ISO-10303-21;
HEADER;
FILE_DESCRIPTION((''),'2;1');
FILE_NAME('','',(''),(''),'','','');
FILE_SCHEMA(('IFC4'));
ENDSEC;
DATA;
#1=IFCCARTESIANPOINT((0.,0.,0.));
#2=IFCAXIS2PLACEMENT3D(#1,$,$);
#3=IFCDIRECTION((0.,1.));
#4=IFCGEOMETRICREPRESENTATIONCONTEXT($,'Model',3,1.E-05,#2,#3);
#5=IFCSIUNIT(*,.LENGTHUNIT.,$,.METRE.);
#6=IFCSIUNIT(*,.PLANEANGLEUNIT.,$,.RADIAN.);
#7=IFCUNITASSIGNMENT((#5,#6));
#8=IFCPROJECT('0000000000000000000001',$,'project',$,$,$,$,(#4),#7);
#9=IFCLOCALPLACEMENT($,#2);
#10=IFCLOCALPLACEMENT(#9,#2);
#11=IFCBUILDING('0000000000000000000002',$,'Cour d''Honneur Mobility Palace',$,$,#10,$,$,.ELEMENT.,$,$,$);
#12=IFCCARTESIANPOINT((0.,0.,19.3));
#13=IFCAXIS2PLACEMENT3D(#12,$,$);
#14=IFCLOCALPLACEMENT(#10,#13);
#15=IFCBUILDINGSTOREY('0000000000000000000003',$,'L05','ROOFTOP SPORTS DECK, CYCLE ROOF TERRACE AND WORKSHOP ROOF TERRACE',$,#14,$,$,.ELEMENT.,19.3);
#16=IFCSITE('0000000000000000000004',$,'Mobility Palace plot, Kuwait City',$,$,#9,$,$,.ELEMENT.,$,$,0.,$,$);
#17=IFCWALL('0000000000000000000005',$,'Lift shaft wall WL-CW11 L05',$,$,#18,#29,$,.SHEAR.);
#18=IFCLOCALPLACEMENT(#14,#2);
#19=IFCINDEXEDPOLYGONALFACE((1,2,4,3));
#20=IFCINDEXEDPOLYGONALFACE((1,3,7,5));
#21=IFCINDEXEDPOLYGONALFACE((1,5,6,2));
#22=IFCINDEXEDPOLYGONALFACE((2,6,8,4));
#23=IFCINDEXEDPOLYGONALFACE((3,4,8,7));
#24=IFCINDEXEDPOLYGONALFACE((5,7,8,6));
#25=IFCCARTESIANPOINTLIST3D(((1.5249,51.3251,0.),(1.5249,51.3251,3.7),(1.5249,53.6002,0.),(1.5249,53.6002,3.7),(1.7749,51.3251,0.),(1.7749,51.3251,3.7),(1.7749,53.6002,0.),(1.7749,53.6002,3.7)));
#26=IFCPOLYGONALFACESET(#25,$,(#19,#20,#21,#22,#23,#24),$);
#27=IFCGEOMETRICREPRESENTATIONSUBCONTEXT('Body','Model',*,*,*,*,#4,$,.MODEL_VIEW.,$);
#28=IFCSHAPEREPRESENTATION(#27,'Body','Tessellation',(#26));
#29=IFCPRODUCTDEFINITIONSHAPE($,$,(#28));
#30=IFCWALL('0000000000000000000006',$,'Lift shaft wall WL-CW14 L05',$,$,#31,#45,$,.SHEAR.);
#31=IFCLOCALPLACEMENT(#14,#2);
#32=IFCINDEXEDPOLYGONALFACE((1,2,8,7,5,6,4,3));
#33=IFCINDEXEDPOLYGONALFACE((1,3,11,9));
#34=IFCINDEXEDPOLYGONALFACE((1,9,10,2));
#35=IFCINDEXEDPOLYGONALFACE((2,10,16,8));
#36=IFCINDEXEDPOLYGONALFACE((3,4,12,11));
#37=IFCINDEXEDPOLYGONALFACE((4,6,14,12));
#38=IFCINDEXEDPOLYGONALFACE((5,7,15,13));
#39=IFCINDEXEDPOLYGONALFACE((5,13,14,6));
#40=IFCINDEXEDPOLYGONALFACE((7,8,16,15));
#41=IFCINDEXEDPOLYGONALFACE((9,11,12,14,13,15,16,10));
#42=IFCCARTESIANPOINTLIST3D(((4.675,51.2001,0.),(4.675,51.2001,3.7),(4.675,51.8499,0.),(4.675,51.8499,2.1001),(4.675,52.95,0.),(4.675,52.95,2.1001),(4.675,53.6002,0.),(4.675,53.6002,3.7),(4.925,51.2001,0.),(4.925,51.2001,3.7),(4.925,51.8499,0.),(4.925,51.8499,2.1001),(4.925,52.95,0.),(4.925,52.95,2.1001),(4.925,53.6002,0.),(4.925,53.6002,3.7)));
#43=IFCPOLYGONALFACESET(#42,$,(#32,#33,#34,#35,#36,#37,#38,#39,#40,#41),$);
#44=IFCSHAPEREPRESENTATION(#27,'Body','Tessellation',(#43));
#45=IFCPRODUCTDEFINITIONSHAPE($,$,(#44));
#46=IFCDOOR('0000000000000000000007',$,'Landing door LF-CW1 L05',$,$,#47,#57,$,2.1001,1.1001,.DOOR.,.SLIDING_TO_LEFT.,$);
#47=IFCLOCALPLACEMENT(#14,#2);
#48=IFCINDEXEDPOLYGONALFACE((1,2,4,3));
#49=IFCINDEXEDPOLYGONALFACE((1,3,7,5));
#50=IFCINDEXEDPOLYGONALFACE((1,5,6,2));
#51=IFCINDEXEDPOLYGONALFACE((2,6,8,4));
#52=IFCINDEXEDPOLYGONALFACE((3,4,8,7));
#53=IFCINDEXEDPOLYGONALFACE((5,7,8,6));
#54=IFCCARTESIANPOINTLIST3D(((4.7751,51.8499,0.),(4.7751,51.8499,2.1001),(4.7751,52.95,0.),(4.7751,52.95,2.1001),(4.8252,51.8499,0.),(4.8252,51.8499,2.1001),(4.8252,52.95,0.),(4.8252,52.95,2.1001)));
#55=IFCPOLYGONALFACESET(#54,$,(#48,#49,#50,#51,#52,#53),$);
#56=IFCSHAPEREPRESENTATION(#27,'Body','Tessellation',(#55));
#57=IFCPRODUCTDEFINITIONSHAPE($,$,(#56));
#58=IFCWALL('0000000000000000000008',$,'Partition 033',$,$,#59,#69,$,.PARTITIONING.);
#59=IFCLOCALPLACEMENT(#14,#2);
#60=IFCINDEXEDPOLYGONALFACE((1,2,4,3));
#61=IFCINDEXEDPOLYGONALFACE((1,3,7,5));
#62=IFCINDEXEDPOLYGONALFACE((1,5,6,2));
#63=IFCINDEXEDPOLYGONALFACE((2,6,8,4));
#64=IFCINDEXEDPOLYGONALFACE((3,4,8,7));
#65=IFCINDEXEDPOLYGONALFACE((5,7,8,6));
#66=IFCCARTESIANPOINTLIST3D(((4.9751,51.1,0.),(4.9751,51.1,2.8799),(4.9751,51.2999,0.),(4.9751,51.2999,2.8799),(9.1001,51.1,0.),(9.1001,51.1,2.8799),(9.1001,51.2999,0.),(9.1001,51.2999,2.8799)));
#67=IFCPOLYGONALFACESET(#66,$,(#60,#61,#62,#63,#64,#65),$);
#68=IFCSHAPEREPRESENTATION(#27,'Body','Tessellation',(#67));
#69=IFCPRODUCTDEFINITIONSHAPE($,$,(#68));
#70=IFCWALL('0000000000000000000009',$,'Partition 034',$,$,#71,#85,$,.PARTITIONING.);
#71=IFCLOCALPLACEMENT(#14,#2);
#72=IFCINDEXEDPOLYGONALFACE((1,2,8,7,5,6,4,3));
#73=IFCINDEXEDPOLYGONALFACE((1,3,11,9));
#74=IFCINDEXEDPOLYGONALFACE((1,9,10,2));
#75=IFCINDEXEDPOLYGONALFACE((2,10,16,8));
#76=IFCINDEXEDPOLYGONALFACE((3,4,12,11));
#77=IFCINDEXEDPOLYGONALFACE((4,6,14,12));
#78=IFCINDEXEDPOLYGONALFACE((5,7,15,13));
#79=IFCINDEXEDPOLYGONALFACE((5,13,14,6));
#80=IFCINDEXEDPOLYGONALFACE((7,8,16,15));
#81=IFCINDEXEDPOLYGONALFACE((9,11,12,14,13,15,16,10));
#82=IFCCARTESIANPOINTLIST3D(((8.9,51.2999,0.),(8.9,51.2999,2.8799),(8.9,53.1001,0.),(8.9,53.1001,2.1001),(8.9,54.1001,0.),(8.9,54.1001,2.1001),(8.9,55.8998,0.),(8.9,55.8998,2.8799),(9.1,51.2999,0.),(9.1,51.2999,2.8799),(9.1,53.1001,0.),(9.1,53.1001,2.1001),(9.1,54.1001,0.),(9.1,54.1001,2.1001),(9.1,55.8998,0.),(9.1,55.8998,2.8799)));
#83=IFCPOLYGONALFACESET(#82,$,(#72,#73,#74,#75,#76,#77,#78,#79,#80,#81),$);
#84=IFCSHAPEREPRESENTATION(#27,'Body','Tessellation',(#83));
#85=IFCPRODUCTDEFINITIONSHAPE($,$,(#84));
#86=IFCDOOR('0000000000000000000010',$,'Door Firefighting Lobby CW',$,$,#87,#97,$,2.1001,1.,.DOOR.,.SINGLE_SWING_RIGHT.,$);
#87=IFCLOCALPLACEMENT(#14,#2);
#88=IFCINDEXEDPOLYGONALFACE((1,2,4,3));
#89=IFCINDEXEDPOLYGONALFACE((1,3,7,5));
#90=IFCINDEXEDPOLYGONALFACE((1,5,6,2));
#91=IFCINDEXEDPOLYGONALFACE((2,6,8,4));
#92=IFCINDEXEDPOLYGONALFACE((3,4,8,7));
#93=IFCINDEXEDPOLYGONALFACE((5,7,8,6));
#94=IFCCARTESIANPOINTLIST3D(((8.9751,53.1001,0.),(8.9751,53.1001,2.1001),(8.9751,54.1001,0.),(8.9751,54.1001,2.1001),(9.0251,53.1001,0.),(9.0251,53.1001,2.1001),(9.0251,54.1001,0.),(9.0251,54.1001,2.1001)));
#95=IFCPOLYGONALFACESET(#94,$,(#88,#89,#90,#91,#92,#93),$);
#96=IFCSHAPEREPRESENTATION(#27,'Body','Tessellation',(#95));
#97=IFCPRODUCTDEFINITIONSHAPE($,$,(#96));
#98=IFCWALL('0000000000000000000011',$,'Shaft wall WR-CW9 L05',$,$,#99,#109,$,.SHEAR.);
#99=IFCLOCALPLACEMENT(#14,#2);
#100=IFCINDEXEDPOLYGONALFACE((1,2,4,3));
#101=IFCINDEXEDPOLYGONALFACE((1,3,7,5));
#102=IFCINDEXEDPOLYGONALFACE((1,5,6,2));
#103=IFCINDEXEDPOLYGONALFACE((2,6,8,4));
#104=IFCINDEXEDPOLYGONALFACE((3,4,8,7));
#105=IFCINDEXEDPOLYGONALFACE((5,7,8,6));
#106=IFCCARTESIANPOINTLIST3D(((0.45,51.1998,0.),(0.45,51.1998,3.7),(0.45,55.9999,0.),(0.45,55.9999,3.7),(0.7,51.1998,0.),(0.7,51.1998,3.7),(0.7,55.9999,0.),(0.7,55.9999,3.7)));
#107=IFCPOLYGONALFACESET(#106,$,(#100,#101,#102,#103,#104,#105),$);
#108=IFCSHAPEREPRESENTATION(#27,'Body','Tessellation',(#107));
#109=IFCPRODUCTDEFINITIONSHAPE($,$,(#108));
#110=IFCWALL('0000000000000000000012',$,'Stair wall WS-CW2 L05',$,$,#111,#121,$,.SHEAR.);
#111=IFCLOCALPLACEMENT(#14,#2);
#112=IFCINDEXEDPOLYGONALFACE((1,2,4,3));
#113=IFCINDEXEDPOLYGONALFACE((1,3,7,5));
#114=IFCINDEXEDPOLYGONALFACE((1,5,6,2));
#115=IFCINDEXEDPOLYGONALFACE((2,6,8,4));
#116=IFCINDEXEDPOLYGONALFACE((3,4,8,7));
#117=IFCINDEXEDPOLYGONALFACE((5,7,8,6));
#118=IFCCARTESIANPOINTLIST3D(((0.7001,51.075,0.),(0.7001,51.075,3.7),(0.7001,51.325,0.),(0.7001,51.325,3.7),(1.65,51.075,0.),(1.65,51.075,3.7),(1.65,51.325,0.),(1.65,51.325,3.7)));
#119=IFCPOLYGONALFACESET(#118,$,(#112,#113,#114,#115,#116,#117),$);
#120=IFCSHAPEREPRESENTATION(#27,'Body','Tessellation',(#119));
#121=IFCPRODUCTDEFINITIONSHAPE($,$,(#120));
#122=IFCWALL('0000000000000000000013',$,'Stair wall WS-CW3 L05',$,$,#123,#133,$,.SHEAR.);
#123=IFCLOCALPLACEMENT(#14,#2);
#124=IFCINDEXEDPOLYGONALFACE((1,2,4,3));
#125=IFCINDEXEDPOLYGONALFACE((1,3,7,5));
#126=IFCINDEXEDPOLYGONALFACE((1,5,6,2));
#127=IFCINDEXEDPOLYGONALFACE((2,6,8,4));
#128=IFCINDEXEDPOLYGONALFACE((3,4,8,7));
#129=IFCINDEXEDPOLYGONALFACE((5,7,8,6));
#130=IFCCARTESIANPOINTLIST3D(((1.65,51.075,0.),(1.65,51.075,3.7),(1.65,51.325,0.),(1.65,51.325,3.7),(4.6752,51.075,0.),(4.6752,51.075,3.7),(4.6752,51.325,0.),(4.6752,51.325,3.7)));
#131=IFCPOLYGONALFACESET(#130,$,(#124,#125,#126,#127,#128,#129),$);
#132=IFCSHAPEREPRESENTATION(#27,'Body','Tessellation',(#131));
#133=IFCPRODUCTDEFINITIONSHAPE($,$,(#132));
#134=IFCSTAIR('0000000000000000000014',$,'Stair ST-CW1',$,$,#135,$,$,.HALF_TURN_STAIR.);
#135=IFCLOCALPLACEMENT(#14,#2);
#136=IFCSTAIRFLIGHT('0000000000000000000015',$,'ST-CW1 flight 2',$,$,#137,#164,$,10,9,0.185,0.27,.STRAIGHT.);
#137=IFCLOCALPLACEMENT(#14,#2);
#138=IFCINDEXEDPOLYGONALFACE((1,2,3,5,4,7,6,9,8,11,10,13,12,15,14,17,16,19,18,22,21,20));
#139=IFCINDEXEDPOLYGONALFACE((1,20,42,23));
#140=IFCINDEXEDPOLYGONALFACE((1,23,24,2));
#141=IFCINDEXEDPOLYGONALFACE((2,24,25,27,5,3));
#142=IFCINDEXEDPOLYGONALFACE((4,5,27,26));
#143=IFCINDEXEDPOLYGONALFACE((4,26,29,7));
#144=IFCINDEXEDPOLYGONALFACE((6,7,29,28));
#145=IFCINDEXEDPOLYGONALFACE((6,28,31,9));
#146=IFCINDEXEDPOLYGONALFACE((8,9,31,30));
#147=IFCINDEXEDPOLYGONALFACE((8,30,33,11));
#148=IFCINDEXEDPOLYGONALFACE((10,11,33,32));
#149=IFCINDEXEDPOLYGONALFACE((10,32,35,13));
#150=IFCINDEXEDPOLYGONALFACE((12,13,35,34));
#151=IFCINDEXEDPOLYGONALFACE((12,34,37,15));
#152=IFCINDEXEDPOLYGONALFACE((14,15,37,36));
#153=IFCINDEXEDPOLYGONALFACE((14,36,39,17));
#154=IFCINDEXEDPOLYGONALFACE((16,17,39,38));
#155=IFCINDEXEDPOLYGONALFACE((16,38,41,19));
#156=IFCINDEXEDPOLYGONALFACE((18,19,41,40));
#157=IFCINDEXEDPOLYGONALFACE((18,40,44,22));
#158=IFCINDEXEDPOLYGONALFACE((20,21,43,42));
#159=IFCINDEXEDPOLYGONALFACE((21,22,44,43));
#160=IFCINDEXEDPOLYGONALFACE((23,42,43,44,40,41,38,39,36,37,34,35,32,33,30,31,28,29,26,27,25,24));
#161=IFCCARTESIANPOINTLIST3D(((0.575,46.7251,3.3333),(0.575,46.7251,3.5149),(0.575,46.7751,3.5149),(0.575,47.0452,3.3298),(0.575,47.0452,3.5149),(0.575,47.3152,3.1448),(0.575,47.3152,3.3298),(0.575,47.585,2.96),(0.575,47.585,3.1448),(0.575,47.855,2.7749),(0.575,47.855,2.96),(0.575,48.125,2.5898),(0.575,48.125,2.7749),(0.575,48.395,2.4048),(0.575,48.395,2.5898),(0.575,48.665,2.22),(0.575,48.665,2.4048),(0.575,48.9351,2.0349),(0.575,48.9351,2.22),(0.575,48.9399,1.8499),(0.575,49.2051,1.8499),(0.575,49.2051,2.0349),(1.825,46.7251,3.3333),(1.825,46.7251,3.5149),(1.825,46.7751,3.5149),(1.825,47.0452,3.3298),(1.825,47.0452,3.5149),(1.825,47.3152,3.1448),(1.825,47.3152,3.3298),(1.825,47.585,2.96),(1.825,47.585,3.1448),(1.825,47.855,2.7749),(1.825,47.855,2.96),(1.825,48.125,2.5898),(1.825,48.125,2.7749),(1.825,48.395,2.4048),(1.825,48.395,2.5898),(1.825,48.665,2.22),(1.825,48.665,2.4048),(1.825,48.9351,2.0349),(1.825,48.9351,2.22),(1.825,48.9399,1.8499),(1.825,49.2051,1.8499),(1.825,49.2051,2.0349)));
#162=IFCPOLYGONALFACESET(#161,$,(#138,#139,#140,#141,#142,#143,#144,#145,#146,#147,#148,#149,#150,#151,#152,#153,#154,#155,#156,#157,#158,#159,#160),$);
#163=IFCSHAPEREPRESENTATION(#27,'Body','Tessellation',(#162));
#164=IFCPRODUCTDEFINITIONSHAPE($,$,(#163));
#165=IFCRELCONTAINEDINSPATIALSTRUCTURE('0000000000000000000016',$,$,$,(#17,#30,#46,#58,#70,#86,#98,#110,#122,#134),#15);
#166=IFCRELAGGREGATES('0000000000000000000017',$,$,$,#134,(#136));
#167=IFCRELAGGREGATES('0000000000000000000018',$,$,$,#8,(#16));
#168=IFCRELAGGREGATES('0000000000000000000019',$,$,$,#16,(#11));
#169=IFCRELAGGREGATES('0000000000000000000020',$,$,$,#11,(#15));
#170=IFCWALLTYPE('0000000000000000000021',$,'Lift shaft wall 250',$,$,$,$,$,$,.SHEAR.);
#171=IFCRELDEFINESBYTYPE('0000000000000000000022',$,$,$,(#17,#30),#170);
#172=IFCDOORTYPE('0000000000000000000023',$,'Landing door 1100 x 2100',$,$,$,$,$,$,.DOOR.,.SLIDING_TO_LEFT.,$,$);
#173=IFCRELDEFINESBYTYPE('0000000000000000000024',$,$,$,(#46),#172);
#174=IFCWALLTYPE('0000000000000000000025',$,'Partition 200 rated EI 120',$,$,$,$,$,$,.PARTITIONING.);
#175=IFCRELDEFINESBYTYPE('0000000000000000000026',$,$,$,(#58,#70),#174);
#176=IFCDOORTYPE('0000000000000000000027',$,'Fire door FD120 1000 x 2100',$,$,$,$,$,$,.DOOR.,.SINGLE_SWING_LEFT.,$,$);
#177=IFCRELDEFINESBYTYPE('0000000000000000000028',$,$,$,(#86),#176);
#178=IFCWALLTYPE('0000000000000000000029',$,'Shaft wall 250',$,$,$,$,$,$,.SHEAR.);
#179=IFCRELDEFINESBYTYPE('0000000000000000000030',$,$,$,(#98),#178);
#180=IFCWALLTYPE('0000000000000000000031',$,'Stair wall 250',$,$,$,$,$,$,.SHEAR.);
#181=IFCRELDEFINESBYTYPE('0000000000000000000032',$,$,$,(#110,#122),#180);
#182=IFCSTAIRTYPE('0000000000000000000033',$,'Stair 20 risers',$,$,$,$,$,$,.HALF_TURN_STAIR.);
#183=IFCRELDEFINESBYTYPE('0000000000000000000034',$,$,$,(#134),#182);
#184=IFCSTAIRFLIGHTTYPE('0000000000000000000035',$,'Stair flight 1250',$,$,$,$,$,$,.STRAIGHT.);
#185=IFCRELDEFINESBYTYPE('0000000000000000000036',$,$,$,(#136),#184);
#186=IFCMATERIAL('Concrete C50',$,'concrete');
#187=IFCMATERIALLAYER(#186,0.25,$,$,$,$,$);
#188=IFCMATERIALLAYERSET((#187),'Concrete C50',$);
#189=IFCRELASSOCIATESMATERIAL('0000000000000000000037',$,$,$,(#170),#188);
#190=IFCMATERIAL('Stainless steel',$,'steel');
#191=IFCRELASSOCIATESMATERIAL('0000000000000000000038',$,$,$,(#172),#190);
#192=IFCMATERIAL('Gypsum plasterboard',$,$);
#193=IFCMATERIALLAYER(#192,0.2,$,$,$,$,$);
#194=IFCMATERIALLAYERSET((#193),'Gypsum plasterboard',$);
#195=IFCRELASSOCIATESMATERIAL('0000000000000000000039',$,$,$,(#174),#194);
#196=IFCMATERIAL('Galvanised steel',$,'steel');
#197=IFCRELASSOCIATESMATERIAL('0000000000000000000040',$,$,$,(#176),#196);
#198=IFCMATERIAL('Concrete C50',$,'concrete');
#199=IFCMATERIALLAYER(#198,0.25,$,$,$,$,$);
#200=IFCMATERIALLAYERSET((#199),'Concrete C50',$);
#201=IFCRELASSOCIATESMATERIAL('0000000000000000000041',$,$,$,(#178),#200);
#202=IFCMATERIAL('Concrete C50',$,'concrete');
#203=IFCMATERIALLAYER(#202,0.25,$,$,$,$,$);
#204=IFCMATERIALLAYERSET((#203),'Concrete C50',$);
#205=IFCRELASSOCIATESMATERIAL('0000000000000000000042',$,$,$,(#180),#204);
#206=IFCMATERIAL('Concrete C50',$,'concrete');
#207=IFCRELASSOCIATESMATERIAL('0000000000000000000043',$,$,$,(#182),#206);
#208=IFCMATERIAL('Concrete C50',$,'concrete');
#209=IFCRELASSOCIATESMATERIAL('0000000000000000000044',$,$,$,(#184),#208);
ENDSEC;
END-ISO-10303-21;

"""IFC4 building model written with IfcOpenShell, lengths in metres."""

from ifc_helpers import new_model, si_unit, direction, frame, frame_2d, origin, place, context, subcontext, project, spatial, polyline, rectangle, outline, extrude, material, layer, layer_set, type_object, element, fill, aggregate, save


model = new_model("IFC4")

# Units and contexts
model_context = context("Model", 3, precision=1e-05, world=origin(), true_north=direction((0.0, 1.0)))
body_context = subcontext(model_context, "Body", "Model", "MODEL_VIEW")
ifc_project = project(units=[si_unit("LENGTHUNIT", "METRE"), si_unit("PLANEANGLEUNIT", "RADIAN")], contexts=[model_context])

# Site, building, storey
site_placement = place(None, origin())
site = spatial("IfcSite", under=ifc_project, at=site_placement, Name="Mobility Palace plot, Kuwait City", CompositionType="ELEMENT", RefElevation=0.0)
building_placement = place(site_placement, origin())
building = spatial("IfcBuilding", under=site, at=building_placement, Name="Cour d'Honneur Mobility Palace", CompositionType="ELEMENT")
storey_placement = place(building_placement, frame((0.0, 0.0, 19.3)))
storey = spatial("IfcBuildingStorey", under=building, at=storey_placement, Name="L05", Description="ROOFTOP SPORTS DECK, CYCLE ROOF TERRACE AND WORKSHOP ROOF TERRACE", CompositionType="ELEMENT", Elevation=19.3)

# Wall
ifc_material_1 = material(Name="Concrete C50", Category="concrete")
ifc_layer_1 = layer(ifc_material_1, 0.25)
ifc_layer_set_1 = layer_set([ifc_layer_1], Name="Concrete C50")
wall_type_1 = type_object("IfcWallType", Name="Lift shaft wall 250", PredefinedType="SHEAR", material=ifc_layer_set_1)
wall_1_placement = place(storey_placement, frame((1.6499, 51.325, 0.0), z_axis=(0.0, 0.0, 1.0), x_axis=(0.0, 1.0, 0.0)))
element("IfcWall", 1, at=wall_1_placement, inside=storey, type_object=wall_type_1, Name="Lift shaft wall WL-CW11 L05", PredefinedType="SHEAR", context=body_context, shape_type="SweptSolid", body=[
    extrude(rectangle(XDim=2.2751, YDim=0.25, at=frame_2d((1.1377, 0.0))), origin(), (0.0, 0.0, 1.0), 3.7),
])

# Wall, opening, door
wall_2_placement = place(storey_placement, frame((4.8, 51.2, 0.0), z_axis=(0.0, 0.0, 1.0), x_axis=(0.0, 1.0, 0.0)))
wall_2 = element("IfcWall", 2, at=wall_2_placement, inside=storey, type_object=wall_type_1, Name="Lift shaft wall WL-CW14 L05", PredefinedType="SHEAR", context=body_context, shape_type="SweptSolid", body=[
    extrude(rectangle(XDim=2.4001, YDim=0.25, at=frame_2d((1.2002, 0.0))), origin(), (0.0, 0.0, 1.0), 3.7),
])
opening_1_placement = place(wall_2_placement, frame((0.6499, 0.0, 0.0)))
opening_1 = element("IfcOpeningElement", 3, at=opening_1_placement, cuts=wall_2, PredefinedType="OPENING", context=body_context, shape_type="SweptSolid", body=[
    extrude(rectangle(XDim=1.1001, YDim=2.1001, at=frame_2d((0.55, 1.05))), frame((0.0, 0.135, 0.0), z_axis=(0.0, -1.0, 0.0), x_axis=(1.0, 0.0, 0.0)), (0.0, 0.0, 1.0), 0.27),
])
ifc_material_2 = material(Name="Stainless steel", Category="steel")
door_type_1 = type_object("IfcDoorType", Name="Landing door 1100 x 2100", OperationType="SLIDING_TO_LEFT", PredefinedType="DOOR", material=ifc_material_2)
door_1_placement = place(opening_1_placement, origin())
door_1 = element("IfcDoor", 4, at=door_1_placement, inside=storey, type_object=door_type_1, Name="Landing door LF-CW1 L05", OperationType="SLIDING_TO_LEFT", OverallHeight=2.1001, OverallWidth=1.1001, PredefinedType="DOOR", context=body_context, shape_type="SweptSolid", body=[
    extrude(rectangle(XDim=1.1001, YDim=2.1001, at=frame_2d((0.55, 1.05))), frame((0.0, 0.0249, 0.0), z_axis=(0.0, -1.0, 0.0), x_axis=(1.0, 0.0, 0.0)), (0.0, 0.0, 1.0), 0.05),
])
fill(opening_1, door_1)

# Wall
ifc_material_3 = material(Name="Gypsum plasterboard")
ifc_layer_2 = layer(ifc_material_3, 0.2)
ifc_layer_set_2 = layer_set([ifc_layer_2], Name="Gypsum plasterboard")
wall_type_2 = type_object("IfcWallType", Name="Partition 200 rated EI 120", PredefinedType="PARTITIONING", material=ifc_layer_set_2)
wall_3_placement = place(storey_placement, frame((4.9751, 51.2, 0.0), z_axis=(0.0, 0.0, 1.0), x_axis=(1.0, 0.0, 0.0)))
element("IfcWall", 5, at=wall_3_placement, inside=storey, type_object=wall_type_2, Name="Partition 033", PredefinedType="PARTITIONING", context=body_context, shape_type="SweptSolid", body=[
    extrude(rectangle(XDim=4.125, YDim=0.2, at=frame_2d((2.0625, 0.0))), origin(), (0.0, 0.0, 1.0), 2.8799),
])

# Wall, opening, door
wall_4_placement = place(storey_placement, frame((9.0, 51.3, 0.0), z_axis=(0.0, 0.0, 1.0), x_axis=(0.0, 1.0, 0.0)))
wall_4 = element("IfcWall", 6, at=wall_4_placement, inside=storey, type_object=wall_type_2, Name="Partition 034", PredefinedType="PARTITIONING", context=body_context, shape_type="SweptSolid", body=[
    extrude(rectangle(XDim=4.5999, YDim=0.2, at=frame_2d((2.2998, 0.0))), origin(), (0.0, 0.0, 1.0), 2.8799),
])
opening_2_placement = place(wall_4_placement, frame((1.8, 0.0, 0.0)))
opening_2 = element("IfcOpeningElement", 7, at=opening_2_placement, cuts=wall_4, PredefinedType="OPENING", context=body_context, shape_type="SweptSolid", body=[
    extrude(rectangle(XDim=1.0, YDim=2.1001, at=frame_2d((0.5, 1.05))), frame((0.0, 0.1099, 0.0), z_axis=(0.0, -1.0, 0.0), x_axis=(1.0, 0.0, 0.0)), (0.0, 0.0, 1.0), 0.22),
])
ifc_material_4 = material(Name="Galvanised steel", Category="steel")
door_type_2 = type_object("IfcDoorType", Name="Fire door FD120 1000 x 2100", OperationType="SINGLE_SWING_LEFT", PredefinedType="DOOR", material=ifc_material_4)
door_2_placement = place(opening_2_placement, origin())
door_2 = element("IfcDoor", 8, at=door_2_placement, inside=storey, type_object=door_type_2, Name="Door Firefighting Lobby CW", OperationType="SINGLE_SWING_RIGHT", OverallHeight=2.1001, OverallWidth=1.0, PredefinedType="DOOR", context=body_context, shape_type="SweptSolid", body=[
    extrude(rectangle(XDim=1.0, YDim=2.1001, at=frame_2d((0.5, 1.05))), frame((0.0, 0.0249, 0.0), z_axis=(0.0, -1.0, 0.0), x_axis=(1.0, 0.0, 0.0)), (0.0, 0.0, 1.0), 0.05),
])
fill(opening_2, door_2)

# Walls
ifc_material_5 = material(Name="Concrete C50", Category="concrete")
ifc_layer_3 = layer(ifc_material_5, 0.25)
ifc_layer_set_3 = layer_set([ifc_layer_3], Name="Concrete C50")
wall_type_3 = type_object("IfcWallType", Name="Shaft wall 250", PredefinedType="SHEAR", material=ifc_layer_set_3)
wall_5_placement = place(storey_placement, frame((0.575, 51.2, 0.0), z_axis=(0.0, 0.0, 1.0), x_axis=(0.0, 1.0, 0.0)))
element("IfcWall", 9, at=wall_5_placement, inside=storey, type_object=wall_type_3, Name="Shaft wall WR-CW9 L05", PredefinedType="SHEAR", context=body_context, shape_type="SweptSolid", body=[
    extrude(rectangle(XDim=4.8, YDim=0.25, at=frame_2d((2.3999, 0.0))), origin(), (0.0, 0.0, 1.0), 3.7),
])
ifc_material_6 = material(Name="Concrete C50", Category="concrete")
ifc_layer_4 = layer(ifc_material_6, 0.25)
ifc_layer_set_4 = layer_set([ifc_layer_4], Name="Concrete C50")
wall_type_4 = type_object("IfcWallType", Name="Stair wall 250", PredefinedType="SHEAR", material=ifc_layer_set_4)
wall_6_placement = place(storey_placement, frame((0.7, 51.2, 0.0), z_axis=(0.0, 0.0, 1.0), x_axis=(1.0, 0.0, 0.0)))
element("IfcWall", 10, at=wall_6_placement, inside=storey, type_object=wall_type_4, Name="Stair wall WS-CW2 L05", PredefinedType="SHEAR", context=body_context, shape_type="SweptSolid", body=[
    extrude(rectangle(XDim=0.95, YDim=0.25, at=frame_2d((0.4751, 0.0))), origin(), (0.0, 0.0, 1.0), 3.7),
])
wall_7_placement = place(storey_placement, frame((1.6499, 51.2, 0.0), z_axis=(0.0, 0.0, 1.0), x_axis=(1.0, 0.0, 0.0)))
element("IfcWall", 11, at=wall_7_placement, inside=storey, type_object=wall_type_4, Name="Stair wall WS-CW3 L05", PredefinedType="SHEAR", context=body_context, shape_type="SweptSolid", body=[
    extrude(rectangle(XDim=3.0251, YDim=0.25, at=frame_2d((1.5127, 0.0))), origin(), (0.0, 0.0, 1.0), 3.7),
])

# Stair, stair flight
ifc_material_7 = material(Name="Concrete C50", Category="concrete")
stair_type = type_object("IfcStairType", Name="Stair 20 risers", PredefinedType="HALF_TURN_STAIR", material=ifc_material_7)
stair_placement = place(storey_placement, origin())
stair = element("IfcStair", 12, at=stair_placement, inside=storey, type_object=stair_type, Name="Stair ST-CW1", PredefinedType="HALF_TURN_STAIR")
ifc_material_8 = material(Name="Concrete C50", Category="concrete")
stair_flight_type = type_object("IfcStairFlightType", Name="Stair flight 1250", PredefinedType="STRAIGHT", material=ifc_material_8)
stair_flight_placement = place(storey_placement, frame((1.2, 49.2051, 1.8499), z_axis=(0.0, 0.0, 1.0), x_axis=(0.0, -1.0, 0.0)))
stair_flight = element("IfcStairFlight", 13, at=stair_flight_placement, type_object=stair_flight_type, Name="ST-CW1 flight 2", NumberOfRisers=10, NumberOfTreads=9, PredefinedType="STRAIGHT", RiserHeight=0.185, TreadLength=0.27, context=body_context, shape_type="SweptSolid", body=[
    extrude(outline(polyline([(0.0, 0.0), (0.0, 0.1851), (0.27, 0.1851), (0.27, 0.3701), (0.54, 0.3701), (0.54, 0.5549), (0.8101, 0.5549), (0.8101, 0.74), (1.0801, 0.74), (1.0801, 0.925), (1.3501, 0.925), (1.3501, 1.1101), (1.6201, 1.1101), (1.6201, 1.2949), (1.8899, 1.2949), (1.8899, 1.48), (2.1599, 1.48), (2.1599, 1.665), (2.4299, 1.665), (2.48, 1.665), (2.48, 1.4834), (0.2651, 0.0), (0.0, 0.0)])), frame((0.0, 0.625, 0.0), z_axis=(0.0, -1.0, 0.0), x_axis=(1.0, 0.0, 0.0)), (0.0, 0.0, 1.0), 1.25),
])
aggregate(stair, [stair_flight])

save(model, "model.ifc")
